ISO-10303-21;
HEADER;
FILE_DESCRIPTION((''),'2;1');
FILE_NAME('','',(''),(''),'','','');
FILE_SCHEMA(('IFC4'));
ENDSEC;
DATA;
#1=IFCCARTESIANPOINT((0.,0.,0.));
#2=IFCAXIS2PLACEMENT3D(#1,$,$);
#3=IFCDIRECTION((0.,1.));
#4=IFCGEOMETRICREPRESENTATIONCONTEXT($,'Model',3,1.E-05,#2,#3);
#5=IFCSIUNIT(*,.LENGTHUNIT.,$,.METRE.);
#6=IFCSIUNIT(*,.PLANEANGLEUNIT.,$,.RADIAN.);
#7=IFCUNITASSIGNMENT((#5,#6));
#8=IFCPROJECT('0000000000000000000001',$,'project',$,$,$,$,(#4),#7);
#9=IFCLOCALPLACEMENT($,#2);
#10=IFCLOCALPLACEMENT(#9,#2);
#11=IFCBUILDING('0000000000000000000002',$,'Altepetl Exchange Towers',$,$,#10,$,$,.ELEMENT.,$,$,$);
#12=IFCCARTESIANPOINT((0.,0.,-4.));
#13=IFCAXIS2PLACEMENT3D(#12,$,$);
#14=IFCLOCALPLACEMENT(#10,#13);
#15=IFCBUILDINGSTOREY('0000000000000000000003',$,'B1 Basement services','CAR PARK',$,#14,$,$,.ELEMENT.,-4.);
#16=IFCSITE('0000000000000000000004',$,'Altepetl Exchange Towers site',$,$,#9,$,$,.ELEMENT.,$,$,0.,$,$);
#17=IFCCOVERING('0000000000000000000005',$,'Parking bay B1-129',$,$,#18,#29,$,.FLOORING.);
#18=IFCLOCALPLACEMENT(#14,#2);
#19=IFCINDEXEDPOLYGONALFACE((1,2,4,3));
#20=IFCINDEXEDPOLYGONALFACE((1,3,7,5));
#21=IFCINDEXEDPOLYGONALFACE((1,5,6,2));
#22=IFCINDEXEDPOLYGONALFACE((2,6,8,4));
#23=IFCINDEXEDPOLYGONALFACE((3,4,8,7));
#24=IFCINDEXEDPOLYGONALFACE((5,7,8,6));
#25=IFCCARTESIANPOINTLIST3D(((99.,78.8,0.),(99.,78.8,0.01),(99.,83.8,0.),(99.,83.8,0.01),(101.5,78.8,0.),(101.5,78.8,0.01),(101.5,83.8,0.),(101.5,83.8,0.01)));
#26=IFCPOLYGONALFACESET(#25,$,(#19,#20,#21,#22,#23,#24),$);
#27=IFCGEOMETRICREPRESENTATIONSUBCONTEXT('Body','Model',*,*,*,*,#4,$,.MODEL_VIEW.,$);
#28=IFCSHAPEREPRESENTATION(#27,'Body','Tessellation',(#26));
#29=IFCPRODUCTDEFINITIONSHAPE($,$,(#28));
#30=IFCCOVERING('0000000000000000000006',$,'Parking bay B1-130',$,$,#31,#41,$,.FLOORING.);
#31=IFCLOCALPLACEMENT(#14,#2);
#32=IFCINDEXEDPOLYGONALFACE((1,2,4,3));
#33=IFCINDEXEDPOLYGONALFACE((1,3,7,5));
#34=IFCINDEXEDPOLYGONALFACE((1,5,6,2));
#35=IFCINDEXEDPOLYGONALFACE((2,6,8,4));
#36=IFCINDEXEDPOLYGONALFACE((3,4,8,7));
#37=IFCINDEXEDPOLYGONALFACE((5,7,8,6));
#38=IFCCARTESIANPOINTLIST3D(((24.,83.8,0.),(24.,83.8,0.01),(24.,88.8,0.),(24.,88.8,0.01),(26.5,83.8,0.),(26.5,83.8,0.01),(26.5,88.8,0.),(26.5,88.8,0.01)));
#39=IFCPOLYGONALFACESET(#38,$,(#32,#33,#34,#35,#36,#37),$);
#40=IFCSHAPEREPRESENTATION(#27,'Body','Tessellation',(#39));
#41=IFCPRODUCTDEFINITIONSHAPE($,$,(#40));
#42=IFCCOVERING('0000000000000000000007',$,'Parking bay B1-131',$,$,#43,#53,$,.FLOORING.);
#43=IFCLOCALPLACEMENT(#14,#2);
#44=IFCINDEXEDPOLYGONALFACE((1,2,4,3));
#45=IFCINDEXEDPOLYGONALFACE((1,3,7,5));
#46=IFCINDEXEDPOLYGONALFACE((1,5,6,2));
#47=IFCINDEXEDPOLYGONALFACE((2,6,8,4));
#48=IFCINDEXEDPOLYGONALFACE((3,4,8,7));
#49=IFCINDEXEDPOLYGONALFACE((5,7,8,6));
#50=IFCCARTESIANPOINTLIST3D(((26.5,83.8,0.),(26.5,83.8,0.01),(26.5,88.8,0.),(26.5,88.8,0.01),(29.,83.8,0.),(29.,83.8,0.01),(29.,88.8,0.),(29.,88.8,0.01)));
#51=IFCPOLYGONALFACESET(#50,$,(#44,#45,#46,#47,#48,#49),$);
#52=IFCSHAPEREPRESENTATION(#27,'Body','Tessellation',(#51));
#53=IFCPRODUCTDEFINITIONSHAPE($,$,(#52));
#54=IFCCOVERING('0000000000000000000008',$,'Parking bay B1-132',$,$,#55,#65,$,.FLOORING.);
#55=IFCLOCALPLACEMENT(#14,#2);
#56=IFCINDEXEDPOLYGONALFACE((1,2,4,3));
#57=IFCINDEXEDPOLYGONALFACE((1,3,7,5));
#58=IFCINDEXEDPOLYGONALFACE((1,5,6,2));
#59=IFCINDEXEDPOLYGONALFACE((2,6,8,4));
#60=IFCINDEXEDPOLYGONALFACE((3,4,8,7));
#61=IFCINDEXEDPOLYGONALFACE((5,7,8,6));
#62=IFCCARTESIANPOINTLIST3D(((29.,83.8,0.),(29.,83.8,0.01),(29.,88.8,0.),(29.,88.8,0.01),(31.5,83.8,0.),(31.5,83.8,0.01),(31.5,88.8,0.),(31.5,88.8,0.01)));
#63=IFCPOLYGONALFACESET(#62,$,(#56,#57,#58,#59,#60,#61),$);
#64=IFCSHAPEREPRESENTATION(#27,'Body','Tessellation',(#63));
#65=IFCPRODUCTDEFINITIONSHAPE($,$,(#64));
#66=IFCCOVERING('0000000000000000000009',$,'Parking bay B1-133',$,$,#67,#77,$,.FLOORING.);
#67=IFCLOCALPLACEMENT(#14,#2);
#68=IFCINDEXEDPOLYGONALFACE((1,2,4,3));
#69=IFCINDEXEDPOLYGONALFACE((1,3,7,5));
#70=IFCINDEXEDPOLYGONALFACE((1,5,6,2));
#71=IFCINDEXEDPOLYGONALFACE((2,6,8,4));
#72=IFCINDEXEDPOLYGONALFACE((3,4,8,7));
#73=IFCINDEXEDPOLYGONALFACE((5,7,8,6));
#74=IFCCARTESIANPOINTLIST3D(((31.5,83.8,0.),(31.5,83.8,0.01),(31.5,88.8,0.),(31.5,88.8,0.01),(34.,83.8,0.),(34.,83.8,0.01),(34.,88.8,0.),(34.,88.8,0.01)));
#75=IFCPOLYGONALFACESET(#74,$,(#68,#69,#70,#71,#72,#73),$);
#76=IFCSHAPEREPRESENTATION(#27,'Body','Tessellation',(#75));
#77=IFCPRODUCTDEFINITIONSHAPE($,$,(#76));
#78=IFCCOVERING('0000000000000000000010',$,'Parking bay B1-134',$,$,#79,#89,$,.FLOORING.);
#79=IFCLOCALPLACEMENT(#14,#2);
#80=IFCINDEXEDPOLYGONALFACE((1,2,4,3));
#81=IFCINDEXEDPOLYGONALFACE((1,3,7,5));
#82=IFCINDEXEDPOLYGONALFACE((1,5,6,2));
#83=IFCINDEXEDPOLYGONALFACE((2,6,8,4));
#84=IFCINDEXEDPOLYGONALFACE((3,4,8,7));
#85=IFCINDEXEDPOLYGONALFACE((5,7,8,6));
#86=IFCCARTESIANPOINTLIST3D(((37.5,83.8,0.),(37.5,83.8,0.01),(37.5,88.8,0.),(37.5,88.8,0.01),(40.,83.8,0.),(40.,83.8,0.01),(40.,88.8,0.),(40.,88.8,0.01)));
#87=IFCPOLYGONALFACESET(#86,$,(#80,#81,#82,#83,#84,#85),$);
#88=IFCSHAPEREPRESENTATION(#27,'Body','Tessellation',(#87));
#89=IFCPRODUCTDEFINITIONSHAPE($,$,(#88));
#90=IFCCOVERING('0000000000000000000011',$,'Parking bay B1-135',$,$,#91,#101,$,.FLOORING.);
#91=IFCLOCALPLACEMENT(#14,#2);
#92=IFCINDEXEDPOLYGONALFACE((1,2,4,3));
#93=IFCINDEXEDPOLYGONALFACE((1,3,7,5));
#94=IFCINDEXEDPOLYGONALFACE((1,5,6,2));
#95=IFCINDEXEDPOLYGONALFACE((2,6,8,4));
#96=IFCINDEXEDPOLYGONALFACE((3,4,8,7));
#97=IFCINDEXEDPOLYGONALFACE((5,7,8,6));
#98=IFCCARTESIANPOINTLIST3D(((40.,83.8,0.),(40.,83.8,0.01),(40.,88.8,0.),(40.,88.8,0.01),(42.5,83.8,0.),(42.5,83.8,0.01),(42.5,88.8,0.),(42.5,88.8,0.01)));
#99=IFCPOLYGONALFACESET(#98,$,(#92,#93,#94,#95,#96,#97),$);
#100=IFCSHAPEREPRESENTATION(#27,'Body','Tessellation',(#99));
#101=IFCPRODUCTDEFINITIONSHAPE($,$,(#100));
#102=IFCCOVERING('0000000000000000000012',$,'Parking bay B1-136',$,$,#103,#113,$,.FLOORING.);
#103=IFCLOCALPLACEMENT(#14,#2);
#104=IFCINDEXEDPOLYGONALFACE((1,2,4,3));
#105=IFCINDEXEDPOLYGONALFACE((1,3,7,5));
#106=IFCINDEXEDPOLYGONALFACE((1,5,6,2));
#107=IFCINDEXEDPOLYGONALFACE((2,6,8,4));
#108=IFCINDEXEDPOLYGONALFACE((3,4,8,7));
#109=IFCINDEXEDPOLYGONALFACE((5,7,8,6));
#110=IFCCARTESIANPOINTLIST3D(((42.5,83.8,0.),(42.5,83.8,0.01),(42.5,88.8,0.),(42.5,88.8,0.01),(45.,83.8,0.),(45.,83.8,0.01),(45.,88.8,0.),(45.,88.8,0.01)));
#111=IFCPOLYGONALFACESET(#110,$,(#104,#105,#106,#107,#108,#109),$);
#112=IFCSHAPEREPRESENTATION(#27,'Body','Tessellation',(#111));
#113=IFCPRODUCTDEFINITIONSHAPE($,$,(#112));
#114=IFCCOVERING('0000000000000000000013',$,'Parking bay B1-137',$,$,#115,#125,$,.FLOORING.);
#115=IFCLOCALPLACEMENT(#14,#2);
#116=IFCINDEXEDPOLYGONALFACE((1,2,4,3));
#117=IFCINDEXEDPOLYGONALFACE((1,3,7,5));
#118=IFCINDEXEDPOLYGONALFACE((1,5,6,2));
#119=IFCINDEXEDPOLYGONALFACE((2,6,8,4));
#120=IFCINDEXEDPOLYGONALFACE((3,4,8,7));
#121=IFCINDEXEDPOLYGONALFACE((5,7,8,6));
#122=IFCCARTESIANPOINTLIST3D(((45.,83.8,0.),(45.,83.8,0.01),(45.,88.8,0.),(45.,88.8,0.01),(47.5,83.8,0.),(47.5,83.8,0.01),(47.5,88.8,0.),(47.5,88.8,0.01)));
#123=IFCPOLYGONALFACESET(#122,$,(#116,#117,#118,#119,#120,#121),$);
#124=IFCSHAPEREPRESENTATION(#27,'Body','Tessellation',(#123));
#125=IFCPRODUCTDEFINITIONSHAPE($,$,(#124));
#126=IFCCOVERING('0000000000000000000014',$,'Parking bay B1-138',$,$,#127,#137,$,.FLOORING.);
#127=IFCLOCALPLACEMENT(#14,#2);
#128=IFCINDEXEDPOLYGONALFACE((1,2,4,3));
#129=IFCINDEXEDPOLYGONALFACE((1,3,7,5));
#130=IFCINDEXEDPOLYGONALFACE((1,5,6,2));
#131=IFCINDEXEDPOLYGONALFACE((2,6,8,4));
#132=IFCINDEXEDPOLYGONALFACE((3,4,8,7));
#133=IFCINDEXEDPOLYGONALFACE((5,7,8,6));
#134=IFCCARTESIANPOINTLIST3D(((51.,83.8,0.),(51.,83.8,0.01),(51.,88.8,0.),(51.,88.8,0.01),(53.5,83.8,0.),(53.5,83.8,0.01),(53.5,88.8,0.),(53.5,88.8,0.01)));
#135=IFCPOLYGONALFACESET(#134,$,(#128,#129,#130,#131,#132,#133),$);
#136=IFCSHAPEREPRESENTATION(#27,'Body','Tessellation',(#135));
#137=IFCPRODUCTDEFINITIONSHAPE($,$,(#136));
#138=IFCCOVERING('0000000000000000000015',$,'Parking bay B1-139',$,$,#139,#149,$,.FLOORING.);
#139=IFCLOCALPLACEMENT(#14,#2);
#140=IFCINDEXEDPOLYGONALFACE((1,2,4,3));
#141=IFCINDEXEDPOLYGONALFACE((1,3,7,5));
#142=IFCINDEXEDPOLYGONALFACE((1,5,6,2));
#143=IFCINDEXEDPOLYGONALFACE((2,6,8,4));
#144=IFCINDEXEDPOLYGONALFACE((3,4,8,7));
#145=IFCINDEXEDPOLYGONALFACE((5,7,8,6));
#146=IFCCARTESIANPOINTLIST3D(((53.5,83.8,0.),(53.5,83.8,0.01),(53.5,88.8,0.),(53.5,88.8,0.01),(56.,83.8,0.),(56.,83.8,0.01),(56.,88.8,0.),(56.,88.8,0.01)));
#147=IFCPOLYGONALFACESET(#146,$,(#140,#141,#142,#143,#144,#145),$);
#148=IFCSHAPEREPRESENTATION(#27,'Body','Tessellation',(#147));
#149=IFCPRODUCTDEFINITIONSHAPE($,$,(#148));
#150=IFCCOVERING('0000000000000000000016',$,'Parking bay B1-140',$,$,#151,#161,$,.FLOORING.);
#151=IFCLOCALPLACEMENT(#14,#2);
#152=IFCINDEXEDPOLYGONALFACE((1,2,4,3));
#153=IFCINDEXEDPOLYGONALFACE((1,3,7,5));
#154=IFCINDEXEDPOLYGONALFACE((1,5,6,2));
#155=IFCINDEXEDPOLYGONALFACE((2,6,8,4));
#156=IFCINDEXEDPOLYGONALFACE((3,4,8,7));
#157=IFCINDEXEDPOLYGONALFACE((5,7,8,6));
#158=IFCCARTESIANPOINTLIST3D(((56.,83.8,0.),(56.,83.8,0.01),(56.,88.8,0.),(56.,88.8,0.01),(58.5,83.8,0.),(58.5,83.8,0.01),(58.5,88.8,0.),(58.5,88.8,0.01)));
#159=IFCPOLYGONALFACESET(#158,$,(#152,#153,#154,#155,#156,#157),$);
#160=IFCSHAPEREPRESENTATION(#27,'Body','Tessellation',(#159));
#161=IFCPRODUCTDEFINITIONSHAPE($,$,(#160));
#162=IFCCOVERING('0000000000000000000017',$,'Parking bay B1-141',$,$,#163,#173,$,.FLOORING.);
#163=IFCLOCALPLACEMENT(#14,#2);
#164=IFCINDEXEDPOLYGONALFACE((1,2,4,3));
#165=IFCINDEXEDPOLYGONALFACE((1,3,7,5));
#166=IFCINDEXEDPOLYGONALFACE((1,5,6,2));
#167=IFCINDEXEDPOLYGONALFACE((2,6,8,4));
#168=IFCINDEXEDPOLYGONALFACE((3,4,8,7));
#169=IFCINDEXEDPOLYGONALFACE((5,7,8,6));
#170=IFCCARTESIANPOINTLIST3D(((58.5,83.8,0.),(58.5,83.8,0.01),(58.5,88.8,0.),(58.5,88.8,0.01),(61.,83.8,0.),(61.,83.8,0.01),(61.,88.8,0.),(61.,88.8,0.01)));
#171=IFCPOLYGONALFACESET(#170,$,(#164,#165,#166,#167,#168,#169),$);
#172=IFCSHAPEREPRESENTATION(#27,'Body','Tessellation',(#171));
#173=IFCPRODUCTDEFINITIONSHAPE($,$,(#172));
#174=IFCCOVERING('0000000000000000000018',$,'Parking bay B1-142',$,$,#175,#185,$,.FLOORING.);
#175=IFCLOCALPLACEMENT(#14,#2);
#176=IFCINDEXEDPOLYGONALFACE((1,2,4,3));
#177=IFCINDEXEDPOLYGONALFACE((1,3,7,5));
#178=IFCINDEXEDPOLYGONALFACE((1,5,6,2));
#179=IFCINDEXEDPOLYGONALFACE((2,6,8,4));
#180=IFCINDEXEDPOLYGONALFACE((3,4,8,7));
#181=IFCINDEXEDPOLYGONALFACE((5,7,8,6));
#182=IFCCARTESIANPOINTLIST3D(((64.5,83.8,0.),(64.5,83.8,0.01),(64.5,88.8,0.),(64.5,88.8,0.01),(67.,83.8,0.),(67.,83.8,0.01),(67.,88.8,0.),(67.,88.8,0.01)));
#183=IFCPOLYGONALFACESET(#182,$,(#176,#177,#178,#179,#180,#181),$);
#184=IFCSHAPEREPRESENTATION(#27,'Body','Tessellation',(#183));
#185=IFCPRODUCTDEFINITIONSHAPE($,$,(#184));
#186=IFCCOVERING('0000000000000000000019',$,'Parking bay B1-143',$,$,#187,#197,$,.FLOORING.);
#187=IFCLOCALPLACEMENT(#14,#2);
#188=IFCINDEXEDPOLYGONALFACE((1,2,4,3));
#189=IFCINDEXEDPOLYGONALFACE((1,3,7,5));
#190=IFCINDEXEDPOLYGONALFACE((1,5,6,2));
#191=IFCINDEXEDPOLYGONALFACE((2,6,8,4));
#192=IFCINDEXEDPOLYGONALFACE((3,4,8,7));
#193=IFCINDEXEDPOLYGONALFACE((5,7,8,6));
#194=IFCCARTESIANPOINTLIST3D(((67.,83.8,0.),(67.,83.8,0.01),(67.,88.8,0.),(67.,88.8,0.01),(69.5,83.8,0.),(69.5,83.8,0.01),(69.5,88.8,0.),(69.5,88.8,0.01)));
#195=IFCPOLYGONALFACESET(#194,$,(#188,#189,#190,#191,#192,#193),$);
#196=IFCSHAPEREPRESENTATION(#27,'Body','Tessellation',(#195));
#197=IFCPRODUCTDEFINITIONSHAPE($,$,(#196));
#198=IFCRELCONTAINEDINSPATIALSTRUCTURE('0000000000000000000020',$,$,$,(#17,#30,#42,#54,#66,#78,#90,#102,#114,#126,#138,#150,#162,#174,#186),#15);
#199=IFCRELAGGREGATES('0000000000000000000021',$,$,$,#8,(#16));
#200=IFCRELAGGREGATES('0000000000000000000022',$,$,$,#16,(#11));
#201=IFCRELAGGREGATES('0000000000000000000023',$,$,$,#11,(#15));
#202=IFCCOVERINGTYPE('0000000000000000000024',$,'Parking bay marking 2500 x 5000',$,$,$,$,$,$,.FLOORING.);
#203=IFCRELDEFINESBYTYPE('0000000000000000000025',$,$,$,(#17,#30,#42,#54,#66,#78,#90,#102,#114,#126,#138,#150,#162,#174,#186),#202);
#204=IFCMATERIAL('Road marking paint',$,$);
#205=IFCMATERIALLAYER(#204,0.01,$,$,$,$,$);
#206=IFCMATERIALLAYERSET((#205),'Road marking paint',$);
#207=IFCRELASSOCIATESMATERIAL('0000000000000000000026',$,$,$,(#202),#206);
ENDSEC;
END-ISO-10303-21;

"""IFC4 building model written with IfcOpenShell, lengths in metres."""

from ifc_helpers import new_model, si_unit, direction, frame, origin, place, context, subcontext, project, spatial, polyline, outline, extrude, material, layer, layer_set, type_object, element, save


model = new_model("IFC4")

# Units and contexts
model_context = context("Model", 3, precision=1e-05, world=origin(), true_north=direction((0.0, 1.0)))
body_context = subcontext(model_context, "Body", "Model", "MODEL_VIEW")
ifc_project = project(units=[si_unit("LENGTHUNIT", "METRE"), si_unit("PLANEANGLEUNIT", "RADIAN")], contexts=[model_context])

# Site, building, storey
site_placement = place(None, origin())
site = spatial("IfcSite", under=ifc_project, at=site_placement, Name="Altepetl Exchange Towers site", CompositionType="ELEMENT", RefElevation=0.0)
building_placement = place(site_placement, origin())
building = spatial("IfcBuilding", under=site, at=building_placement, Name="Altepetl Exchange Towers", CompositionType="ELEMENT")
storey_placement = place(building_placement, frame((0.0, 0.0, -4.0)))
storey = spatial("IfcBuildingStorey", under=building, at=storey_placement, Name="B1 Basement services", Description="CAR PARK", CompositionType="ELEMENT", Elevation=-4.0)

# Coverings
ifc_material = material(Name="Road marking paint")
ifc_layer = layer(ifc_material, 0.01)
ifc_layer_set = layer_set([ifc_layer], Name="Road marking paint")
covering_type = type_object("IfcCoveringType", Name="Parking bay marking 2500 x 5000", PredefinedType="FLOORING", material=ifc_layer_set)
covering_1_placement = place(storey_placement, origin())
element("IfcCovering", 1, at=covering_1_placement, inside=storey, type_object=covering_type, Name="Parking bay B1-129", PredefinedType="FLOORING", context=body_context, shape_type="SweptSolid", body=[
    extrude(outline(polyline([(99.0, 78.8), (101.5, 78.8), (101.5, 83.8), (99.0, 83.8), (99.0, 78.8)])), origin(), (0.0, 0.0, 1.0), 0.01),
])
covering_2_placement = place(storey_placement, origin())
element("IfcCovering", 2, at=covering_2_placement, inside=storey, type_object=covering_type, Name="Parking bay B1-130", PredefinedType="FLOORING", context=body_context, shape_type="SweptSolid", body=[
    extrude(outline(polyline([(24.0, 83.8), (26.5, 83.8), (26.5, 88.8), (24.0, 88.8), (24.0, 83.8)])), origin(), (0.0, 0.0, 1.0), 0.01),
])
covering_3_placement = place(storey_placement, origin())
element("IfcCovering", 3, at=covering_3_placement, inside=storey, type_object=covering_type, Name="Parking bay B1-131", PredefinedType="FLOORING", context=body_context, shape_type="SweptSolid", body=[
    extrude(outline(polyline([(26.5, 83.8), (29.0, 83.8), (29.0, 88.8), (26.5, 88.8), (26.5, 83.8)])), origin(), (0.0, 0.0, 1.0), 0.01),
])
covering_4_placement = place(storey_placement, origin())
element("IfcCovering", 4, at=covering_4_placement, inside=storey, type_object=covering_type, Name="Parking bay B1-132", PredefinedType="FLOORING", context=body_context, shape_type="SweptSolid", body=[
    extrude(outline(polyline([(29.0, 83.8), (31.5, 83.8), (31.5, 88.8), (29.0, 88.8), (29.0, 83.8)])), origin(), (0.0, 0.0, 1.0), 0.01),
])
covering_5_placement = place(storey_placement, origin())
element("IfcCovering", 5, at=covering_5_placement, inside=storey, type_object=covering_type, Name="Parking bay B1-133", PredefinedType="FLOORING", context=body_context, shape_type="SweptSolid", body=[
    extrude(outline(polyline([(31.5, 83.8), (34.0, 83.8), (34.0, 88.8), (31.5, 88.8), (31.5, 83.8)])), origin(), (0.0, 0.0, 1.0), 0.01),
])
covering_6_placement = place(storey_placement, origin())
element("IfcCovering", 6, at=covering_6_placement, inside=storey, type_object=covering_type, Name="Parking bay B1-134", PredefinedType="FLOORING", context=body_context, shape_type="SweptSolid", body=[
    extrude(outline(polyline([(37.5, 83.8), (40.0, 83.8), (40.0, 88.8), (37.5, 88.8), (37.5, 83.8)])), origin(), (0.0, 0.0, 1.0), 0.01),
])
covering_7_placement = place(storey_placement, origin())
element("IfcCovering", 7, at=covering_7_placement, inside=storey, type_object=covering_type, Name="Parking bay B1-135", PredefinedType="FLOORING", context=body_context, shape_type="SweptSolid", body=[
    extrude(outline(polyline([(40.0, 83.8), (42.5, 83.8), (42.5, 88.8), (40.0, 88.8), (40.0, 83.8)])), origin(), (0.0, 0.0, 1.0), 0.01),
])
covering_8_placement = place(storey_placement, origin())
element("IfcCovering", 8, at=covering_8_placement, inside=storey, type_object=covering_type, Name="Parking bay B1-136", PredefinedType="FLOORING", context=body_context, shape_type="SweptSolid", body=[
    extrude(outline(polyline([(42.5, 83.8), (45.0, 83.8), (45.0, 88.8), (42.5, 88.8), (42.5, 83.8)])), origin(), (0.0, 0.0, 1.0), 0.01),
])
covering_9_placement = place(storey_placement, origin())
element("IfcCovering", 9, at=covering_9_placement, inside=storey, type_object=covering_type, Name="Parking bay B1-137", PredefinedType="FLOORING", context=body_context, shape_type="SweptSolid", body=[
    extrude(outline(polyline([(45.0, 83.8), (47.5, 83.8), (47.5, 88.8), (45.0, 88.8), (45.0, 83.8)])), origin(), (0.0, 0.0, 1.0), 0.01),
])
covering_10_placement = place(storey_placement, origin())
element("IfcCovering", 10, at=covering_10_placement, inside=storey, type_object=covering_type, Name="Parking bay B1-138", PredefinedType="FLOORING", context=body_context, shape_type="SweptSolid", body=[
    extrude(outline(polyline([(51.0, 83.8), (53.5, 83.8), (53.5, 88.8), (51.0, 88.8), (51.0, 83.8)])), origin(), (0.0, 0.0, 1.0), 0.01),
])
covering_11_placement = place(storey_placement, origin())
element("IfcCovering", 11, at=covering_11_placement, inside=storey, type_object=covering_type, Name="Parking bay B1-139", PredefinedType="FLOORING", context=body_context, shape_type="SweptSolid", body=[
    extrude(outline(polyline([(53.5, 83.8), (56.0, 83.8), (56.0, 88.8), (53.5, 88.8), (53.5, 83.8)])), origin(), (0.0, 0.0, 1.0), 0.01),
])
covering_12_placement = place(storey_placement, origin())
element("IfcCovering", 12, at=covering_12_placement, inside=storey, type_object=covering_type, Name="Parking bay B1-140", PredefinedType="FLOORING", context=body_context, shape_type="SweptSolid", body=[
    extrude(outline(polyline([(56.0, 83.8), (58.5, 83.8), (58.5, 88.8), (56.0, 88.8), (56.0, 83.8)])), origin(), (0.0, 0.0, 1.0), 0.01),
])
covering_13_placement = place(storey_placement, origin())
element("IfcCovering", 13, at=covering_13_placement, inside=storey, type_object=covering_type, Name="Parking bay B1-141", PredefinedType="FLOORING", context=body_context, shape_type="SweptSolid", body=[
    extrude(outline(polyline([(58.5, 83.8), (61.0, 83.8), (61.0, 88.8), (58.5, 88.8), (58.5, 83.8)])), origin(), (0.0, 0.0, 1.0), 0.01),
])
covering_14_placement = place(storey_placement, origin())
element("IfcCovering", 14, at=covering_14_placement, inside=storey, type_object=covering_type, Name="Parking bay B1-142", PredefinedType="FLOORING", context=body_context, shape_type="SweptSolid", body=[
    extrude(outline(polyline([(64.5, 83.8), (67.0, 83.8), (67.0, 88.8), (64.5, 88.8), (64.5, 83.8)])), origin(), (0.0, 0.0, 1.0), 0.01),
])
covering_15_placement = place(storey_placement, origin())
element("IfcCovering", 15, at=covering_15_placement, inside=storey, type_object=covering_type, Name="Parking bay B1-143", PredefinedType="FLOORING", context=body_context, shape_type="SweptSolid", body=[
    extrude(outline(polyline([(67.0, 83.8), (69.5, 83.8), (69.5, 88.8), (67.0, 88.8), (67.0, 83.8)])), origin(), (0.0, 0.0, 1.0), 0.01),
])

save(model, "model.ifc")
